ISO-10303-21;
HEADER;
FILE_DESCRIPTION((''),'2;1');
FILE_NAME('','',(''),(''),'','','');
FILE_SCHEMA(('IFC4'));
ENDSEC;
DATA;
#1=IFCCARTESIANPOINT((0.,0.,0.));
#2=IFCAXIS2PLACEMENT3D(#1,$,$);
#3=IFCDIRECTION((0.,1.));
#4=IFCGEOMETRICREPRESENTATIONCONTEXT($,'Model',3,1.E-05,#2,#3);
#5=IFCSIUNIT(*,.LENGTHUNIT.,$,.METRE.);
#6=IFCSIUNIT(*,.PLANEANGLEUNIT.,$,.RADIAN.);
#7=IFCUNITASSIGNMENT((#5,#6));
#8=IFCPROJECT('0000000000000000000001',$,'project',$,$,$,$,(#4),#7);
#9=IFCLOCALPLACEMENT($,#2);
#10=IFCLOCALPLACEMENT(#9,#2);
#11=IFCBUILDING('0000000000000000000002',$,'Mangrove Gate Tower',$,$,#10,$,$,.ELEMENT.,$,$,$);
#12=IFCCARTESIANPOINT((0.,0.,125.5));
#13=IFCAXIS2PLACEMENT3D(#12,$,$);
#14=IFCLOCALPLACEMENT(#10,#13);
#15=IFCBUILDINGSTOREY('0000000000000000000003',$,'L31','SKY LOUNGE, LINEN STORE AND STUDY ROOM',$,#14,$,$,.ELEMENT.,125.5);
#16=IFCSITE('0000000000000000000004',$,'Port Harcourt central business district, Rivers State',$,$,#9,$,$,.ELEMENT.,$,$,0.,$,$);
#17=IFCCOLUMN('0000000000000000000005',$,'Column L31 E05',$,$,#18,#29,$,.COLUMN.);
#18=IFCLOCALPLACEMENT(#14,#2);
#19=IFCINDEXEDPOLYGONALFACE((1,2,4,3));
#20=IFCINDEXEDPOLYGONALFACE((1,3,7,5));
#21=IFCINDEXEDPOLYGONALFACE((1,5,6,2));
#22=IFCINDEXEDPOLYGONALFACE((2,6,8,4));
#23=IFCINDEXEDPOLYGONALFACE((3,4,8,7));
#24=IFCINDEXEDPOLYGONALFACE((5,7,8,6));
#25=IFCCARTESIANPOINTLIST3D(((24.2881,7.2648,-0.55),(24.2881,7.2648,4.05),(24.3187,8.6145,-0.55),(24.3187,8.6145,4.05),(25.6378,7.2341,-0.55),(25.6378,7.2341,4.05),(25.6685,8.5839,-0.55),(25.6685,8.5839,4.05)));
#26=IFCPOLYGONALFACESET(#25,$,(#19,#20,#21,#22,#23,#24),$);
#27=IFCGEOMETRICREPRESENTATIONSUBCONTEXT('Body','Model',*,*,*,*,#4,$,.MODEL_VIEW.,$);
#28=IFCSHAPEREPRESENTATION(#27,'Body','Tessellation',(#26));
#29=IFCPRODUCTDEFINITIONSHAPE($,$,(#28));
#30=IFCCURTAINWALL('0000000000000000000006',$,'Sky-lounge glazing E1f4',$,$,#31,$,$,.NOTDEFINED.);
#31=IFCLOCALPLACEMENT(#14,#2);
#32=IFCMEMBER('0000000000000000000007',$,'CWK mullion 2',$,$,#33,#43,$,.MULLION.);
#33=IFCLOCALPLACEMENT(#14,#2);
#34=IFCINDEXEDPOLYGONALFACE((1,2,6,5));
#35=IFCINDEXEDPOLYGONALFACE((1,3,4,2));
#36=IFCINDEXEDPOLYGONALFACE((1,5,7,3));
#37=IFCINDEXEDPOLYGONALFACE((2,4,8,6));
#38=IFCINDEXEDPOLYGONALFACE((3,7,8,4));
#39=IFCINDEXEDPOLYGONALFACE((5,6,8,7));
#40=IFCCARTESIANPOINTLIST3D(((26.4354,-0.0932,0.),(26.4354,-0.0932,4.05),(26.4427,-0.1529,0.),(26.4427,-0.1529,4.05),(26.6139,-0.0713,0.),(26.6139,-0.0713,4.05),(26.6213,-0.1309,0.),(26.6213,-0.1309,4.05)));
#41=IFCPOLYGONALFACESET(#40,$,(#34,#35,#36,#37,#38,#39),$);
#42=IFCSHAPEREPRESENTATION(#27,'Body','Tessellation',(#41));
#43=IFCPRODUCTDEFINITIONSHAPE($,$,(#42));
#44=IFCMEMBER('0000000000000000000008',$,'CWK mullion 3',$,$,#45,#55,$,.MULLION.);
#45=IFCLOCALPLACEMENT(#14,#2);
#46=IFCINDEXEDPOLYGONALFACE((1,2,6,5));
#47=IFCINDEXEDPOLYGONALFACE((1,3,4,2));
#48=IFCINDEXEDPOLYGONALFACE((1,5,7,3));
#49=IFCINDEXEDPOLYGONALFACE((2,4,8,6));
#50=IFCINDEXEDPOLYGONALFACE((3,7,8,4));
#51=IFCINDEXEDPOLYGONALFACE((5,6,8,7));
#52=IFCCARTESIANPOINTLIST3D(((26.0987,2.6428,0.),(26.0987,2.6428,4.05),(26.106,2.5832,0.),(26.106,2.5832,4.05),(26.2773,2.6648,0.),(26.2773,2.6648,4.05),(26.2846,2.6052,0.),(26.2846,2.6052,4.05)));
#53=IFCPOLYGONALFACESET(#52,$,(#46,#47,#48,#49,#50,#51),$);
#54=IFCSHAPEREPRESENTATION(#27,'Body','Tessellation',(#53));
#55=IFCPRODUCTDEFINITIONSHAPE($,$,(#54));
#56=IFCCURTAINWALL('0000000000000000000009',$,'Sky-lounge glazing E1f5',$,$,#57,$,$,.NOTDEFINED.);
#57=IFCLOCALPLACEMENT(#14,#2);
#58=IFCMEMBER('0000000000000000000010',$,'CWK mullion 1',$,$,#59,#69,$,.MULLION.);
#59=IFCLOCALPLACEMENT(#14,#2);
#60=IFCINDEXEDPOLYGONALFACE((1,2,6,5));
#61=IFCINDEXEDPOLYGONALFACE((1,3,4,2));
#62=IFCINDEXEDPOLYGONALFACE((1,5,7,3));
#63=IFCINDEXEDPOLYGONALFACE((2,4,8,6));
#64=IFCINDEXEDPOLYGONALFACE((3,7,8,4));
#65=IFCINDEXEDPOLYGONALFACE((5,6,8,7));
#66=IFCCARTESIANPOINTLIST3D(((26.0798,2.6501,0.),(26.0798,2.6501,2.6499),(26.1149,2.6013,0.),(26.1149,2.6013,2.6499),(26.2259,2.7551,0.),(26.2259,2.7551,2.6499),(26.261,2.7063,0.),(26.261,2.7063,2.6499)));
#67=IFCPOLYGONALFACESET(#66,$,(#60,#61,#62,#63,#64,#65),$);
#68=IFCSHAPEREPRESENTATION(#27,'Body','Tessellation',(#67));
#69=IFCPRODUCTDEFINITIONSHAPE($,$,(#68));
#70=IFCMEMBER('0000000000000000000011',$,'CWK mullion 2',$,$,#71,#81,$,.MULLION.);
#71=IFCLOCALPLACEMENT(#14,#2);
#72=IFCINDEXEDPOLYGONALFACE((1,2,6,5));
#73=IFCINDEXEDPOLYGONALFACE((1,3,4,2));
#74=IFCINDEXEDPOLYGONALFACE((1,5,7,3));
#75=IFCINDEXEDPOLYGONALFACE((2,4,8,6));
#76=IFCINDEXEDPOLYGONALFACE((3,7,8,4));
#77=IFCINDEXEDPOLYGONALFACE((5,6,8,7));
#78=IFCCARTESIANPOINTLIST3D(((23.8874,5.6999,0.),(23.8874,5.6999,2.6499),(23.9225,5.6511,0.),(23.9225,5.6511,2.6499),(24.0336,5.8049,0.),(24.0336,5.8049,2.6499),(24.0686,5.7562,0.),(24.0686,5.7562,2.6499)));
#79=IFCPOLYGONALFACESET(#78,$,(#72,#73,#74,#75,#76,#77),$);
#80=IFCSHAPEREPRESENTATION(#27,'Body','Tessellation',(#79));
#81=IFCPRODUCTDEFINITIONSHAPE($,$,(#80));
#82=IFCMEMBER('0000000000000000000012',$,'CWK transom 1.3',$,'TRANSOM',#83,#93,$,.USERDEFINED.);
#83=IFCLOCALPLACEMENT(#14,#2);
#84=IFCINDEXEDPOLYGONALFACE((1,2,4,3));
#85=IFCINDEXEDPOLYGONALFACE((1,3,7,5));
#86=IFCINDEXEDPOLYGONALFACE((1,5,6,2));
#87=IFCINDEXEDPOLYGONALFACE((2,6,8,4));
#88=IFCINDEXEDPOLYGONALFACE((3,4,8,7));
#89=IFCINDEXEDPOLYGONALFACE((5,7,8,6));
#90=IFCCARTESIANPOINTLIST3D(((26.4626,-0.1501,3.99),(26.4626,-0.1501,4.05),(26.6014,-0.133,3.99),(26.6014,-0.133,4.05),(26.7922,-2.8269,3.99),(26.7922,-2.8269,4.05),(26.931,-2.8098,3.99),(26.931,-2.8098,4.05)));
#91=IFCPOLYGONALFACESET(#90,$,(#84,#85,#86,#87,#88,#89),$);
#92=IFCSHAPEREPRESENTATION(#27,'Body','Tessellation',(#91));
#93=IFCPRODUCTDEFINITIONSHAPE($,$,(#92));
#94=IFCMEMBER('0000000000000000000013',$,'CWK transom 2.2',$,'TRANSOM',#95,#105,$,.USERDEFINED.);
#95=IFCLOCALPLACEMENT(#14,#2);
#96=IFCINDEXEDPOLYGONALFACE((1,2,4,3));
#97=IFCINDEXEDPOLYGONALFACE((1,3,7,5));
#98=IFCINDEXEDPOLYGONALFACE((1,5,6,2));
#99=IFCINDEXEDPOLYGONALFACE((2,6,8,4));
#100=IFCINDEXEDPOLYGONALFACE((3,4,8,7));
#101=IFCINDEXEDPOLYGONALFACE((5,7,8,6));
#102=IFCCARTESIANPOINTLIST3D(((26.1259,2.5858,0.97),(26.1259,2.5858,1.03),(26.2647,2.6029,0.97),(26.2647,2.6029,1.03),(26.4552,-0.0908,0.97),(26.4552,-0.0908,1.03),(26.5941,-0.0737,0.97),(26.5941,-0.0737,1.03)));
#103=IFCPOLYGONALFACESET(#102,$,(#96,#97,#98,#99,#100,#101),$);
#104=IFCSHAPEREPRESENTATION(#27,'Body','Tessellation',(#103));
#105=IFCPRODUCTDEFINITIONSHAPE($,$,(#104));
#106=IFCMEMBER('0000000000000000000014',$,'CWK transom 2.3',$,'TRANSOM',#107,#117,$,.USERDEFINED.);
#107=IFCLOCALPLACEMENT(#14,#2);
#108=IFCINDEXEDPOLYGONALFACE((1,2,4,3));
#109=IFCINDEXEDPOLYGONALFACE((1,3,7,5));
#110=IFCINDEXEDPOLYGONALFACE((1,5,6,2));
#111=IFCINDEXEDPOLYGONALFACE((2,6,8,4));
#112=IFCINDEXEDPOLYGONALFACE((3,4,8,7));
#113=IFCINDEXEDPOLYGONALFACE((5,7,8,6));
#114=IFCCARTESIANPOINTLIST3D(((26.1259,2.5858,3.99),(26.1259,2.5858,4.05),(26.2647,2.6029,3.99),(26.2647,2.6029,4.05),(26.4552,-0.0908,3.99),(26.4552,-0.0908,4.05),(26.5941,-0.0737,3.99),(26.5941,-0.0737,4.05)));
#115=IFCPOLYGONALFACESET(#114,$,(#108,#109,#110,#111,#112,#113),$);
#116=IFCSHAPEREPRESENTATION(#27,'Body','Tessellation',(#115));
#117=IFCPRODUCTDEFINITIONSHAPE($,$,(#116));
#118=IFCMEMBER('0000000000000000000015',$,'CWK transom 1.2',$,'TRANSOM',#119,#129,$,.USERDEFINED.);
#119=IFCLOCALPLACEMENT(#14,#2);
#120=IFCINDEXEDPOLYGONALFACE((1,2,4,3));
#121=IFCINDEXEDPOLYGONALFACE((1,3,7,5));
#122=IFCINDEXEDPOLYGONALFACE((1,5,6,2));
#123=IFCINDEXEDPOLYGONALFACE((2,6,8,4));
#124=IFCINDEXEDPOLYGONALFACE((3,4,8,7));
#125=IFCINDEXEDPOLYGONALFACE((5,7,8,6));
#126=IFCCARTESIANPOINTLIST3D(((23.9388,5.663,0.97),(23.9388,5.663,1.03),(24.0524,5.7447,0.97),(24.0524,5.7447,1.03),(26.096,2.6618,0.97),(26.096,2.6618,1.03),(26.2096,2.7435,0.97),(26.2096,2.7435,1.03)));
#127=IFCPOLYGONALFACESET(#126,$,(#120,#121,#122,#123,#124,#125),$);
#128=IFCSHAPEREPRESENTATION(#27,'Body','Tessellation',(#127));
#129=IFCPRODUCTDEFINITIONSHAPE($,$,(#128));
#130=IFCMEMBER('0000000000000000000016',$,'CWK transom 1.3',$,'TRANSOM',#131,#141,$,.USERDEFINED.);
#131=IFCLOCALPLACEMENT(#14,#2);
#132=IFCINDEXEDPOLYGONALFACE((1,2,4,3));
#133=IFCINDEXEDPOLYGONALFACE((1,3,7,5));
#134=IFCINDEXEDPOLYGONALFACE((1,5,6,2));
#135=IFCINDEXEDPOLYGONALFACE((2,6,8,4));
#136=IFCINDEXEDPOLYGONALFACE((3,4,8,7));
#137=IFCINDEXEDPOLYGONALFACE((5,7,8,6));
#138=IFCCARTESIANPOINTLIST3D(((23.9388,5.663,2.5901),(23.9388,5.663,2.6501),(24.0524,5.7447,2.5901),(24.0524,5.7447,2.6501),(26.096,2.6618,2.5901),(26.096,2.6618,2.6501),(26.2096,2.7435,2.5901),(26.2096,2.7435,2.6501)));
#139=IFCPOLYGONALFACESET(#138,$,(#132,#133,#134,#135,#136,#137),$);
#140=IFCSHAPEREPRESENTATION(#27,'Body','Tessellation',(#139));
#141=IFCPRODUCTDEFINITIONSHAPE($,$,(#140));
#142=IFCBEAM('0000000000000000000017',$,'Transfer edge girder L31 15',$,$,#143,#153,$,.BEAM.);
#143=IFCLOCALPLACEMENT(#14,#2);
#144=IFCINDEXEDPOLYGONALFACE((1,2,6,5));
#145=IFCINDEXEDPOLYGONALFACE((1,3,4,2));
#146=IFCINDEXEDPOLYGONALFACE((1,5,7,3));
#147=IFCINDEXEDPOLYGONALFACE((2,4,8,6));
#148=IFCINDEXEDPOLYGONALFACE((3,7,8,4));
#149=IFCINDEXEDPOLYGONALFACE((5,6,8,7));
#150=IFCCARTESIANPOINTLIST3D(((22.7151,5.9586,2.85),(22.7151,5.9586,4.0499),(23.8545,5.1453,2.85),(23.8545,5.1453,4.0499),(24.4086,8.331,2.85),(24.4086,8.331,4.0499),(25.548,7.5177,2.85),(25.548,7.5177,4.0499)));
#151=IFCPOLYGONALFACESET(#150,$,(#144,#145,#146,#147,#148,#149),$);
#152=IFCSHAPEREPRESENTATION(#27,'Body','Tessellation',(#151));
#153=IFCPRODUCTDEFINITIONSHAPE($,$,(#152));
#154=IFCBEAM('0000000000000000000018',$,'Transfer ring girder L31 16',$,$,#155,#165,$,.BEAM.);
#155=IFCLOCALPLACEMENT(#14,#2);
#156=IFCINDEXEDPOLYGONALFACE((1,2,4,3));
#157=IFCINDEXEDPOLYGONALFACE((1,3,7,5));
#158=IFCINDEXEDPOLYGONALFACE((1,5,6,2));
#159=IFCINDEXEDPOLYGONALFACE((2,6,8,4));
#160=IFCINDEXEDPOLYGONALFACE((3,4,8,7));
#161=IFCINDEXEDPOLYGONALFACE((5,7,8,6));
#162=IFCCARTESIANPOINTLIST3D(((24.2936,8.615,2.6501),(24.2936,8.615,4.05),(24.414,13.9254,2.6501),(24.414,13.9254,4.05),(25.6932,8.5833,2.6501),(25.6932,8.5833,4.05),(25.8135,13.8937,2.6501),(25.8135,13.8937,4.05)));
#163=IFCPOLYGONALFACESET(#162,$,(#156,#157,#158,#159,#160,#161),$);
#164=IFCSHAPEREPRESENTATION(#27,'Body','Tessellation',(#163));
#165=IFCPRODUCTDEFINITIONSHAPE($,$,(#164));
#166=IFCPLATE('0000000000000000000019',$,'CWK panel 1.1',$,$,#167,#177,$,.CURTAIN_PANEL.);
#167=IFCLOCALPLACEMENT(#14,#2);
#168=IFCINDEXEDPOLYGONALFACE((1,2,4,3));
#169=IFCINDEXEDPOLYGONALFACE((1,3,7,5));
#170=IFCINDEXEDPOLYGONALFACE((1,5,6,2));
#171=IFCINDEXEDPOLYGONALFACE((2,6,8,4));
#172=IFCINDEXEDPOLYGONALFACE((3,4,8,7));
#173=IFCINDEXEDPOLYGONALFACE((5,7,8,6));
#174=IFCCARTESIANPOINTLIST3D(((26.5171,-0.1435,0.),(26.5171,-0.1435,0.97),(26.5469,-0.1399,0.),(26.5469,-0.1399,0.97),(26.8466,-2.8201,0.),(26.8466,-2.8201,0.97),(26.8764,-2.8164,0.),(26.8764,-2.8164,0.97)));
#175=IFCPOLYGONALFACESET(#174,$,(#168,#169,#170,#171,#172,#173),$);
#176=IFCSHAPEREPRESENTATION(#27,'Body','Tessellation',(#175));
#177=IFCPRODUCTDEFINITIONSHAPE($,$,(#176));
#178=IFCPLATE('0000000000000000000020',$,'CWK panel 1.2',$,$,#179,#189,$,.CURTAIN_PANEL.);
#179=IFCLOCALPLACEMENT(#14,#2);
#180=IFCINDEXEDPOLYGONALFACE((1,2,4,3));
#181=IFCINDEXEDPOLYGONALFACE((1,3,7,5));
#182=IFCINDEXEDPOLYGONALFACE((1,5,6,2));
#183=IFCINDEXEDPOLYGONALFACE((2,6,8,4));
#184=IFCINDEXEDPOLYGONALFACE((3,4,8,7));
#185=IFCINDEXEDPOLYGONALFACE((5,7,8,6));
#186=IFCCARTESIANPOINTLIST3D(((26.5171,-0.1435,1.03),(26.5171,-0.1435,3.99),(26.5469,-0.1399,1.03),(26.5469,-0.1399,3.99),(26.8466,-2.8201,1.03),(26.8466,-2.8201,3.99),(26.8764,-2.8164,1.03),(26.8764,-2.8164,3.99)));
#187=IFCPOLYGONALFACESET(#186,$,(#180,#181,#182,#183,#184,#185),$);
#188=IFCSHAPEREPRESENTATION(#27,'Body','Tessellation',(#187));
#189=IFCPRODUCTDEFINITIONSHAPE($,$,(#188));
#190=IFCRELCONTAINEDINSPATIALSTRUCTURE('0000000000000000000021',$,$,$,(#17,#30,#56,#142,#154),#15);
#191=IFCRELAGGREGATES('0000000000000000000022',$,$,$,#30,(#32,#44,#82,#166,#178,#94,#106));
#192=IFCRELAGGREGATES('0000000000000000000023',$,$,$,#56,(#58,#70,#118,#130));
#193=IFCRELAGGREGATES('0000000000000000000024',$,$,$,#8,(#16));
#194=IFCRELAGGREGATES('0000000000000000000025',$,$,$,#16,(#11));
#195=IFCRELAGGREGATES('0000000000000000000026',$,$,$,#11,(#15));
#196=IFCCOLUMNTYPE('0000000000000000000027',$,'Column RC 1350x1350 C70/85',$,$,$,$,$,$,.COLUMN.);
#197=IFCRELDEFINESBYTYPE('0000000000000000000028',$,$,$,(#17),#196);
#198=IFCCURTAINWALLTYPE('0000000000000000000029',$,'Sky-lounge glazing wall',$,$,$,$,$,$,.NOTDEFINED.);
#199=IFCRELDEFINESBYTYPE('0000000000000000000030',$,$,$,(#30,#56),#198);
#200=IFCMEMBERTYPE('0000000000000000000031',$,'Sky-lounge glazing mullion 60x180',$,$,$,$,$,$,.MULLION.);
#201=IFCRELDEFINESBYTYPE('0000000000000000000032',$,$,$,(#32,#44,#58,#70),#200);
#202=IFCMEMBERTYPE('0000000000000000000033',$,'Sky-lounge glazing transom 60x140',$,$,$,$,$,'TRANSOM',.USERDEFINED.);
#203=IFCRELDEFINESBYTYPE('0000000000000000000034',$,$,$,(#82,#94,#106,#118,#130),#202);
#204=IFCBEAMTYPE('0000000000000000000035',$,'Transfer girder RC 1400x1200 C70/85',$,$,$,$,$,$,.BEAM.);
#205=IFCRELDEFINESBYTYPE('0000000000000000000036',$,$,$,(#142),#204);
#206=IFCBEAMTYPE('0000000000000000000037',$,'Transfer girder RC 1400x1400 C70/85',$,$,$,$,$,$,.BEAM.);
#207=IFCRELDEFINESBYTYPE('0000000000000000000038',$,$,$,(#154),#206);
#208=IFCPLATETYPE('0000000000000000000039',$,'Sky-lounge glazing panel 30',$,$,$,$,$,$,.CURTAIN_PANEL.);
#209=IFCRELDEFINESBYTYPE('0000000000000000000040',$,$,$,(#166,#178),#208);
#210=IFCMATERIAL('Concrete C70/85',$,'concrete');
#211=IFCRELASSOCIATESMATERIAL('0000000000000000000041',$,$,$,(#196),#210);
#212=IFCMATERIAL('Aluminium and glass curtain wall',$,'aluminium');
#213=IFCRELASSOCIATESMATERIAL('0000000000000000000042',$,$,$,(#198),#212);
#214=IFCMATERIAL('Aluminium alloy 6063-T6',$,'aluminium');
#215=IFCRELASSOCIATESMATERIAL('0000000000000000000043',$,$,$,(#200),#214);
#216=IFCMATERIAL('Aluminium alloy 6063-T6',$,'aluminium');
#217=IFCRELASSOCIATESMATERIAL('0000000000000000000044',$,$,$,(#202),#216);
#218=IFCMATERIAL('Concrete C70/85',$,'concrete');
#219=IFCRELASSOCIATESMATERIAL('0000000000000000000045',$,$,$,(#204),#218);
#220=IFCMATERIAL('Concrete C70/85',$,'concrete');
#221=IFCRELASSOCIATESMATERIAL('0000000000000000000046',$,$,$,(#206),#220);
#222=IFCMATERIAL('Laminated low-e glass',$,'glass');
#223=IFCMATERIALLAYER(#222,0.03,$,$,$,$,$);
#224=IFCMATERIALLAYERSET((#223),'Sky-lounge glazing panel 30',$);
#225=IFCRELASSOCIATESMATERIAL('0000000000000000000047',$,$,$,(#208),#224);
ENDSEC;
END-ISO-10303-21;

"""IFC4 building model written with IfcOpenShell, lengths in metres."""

from ifc_helpers import new_model, si_unit, direction, frame, origin, origin_2d, place, context, subcontext, project, spatial, rectangle, extrude, material, layer, layer_set, material_profile, profile_set, type_object, element, aggregate, save


model = new_model("IFC4")

# Units and contexts
model_context = context("Model", 3, precision=1e-05, world=origin(), true_north=direction((0.0, 1.0)))
body_context = subcontext(model_context, "Body", "Model", "MODEL_VIEW")
ifc_project = project(units=[si_unit("LENGTHUNIT", "METRE"), si_unit("PLANEANGLEUNIT", "RADIAN")], contexts=[model_context])

# Site, building, storey
site_placement = place(None, origin())
site = spatial("IfcSite", under=ifc_project, at=site_placement, Name="Port Harcourt central business district, Rivers State", CompositionType="ELEMENT", RefElevation=0.0)
building_placement = place(site_placement, origin())
building = spatial("IfcBuilding", under=site, at=building_placement, Name="Mangrove Gate Tower", CompositionType="ELEMENT")
storey_placement = place(building_placement, frame((0.0, 0.0, 125.5)))
storey = spatial("IfcBuildingStorey", under=building, at=storey_placement, Name="L31", Description="SKY LOUNGE, LINEN STORE AND STUDY ROOM", CompositionType="ELEMENT", Elevation=125.5)

# Column
ifc_material_1 = material(Name="Concrete C70/85", Category="concrete")
ifc_material_profile_1 = material_profile(ifc_material_1, rectangle(XDim=1.3501, YDim=1.3501, at=origin_2d()))
ifc_profile_set_1 = profile_set([ifc_material_profile_1], Name="Concrete C70/85")
column_type = type_object("IfcColumnType", Name="Column RC 1350x1350 C70/85", PredefinedType="COLUMN", material=ifc_profile_set_1)
column_placement = place(storey_placement, frame((24.9783, 7.9243, -0.55), z_axis=(0.0, 0.0, 1.0), x_axis=(0.022682, 0.999743, 0.0)))
element("IfcColumn", 1, at=column_placement, inside=storey, type_object=column_type, Name="Column L31 E05", PredefinedType="COLUMN", context=body_context, shape_type="SweptSolid", body=[
    extrude(rectangle(XDim=1.3501, YDim=1.3501, at=origin_2d()), origin(), (0.0, 0.0, 1.0), 4.6001),
])

# Curtain walls, members
ifc_material_2 = material(Name="Aluminium and glass curtain wall", Category="aluminium")
curtain_wall_type = type_object("IfcCurtainWallType", Name="Sky-lounge glazing wall", PredefinedType="NOTDEFINED", material=ifc_material_2)
curtain_wall_1_placement = place(storey_placement, origin())
curtain_wall_1 = element("IfcCurtainWall", 2, at=curtain_wall_1_placement, inside=storey, type_object=curtain_wall_type, Name="Sky-lounge glazing E1f4", PredefinedType="NOTDEFINED")
ifc_material_3 = material(Name="Aluminium alloy 6063-T6", Category="aluminium")
ifc_material_profile_2 = material_profile(ifc_material_3, rectangle(XDim=0.0601, YDim=0.1799, at=origin_2d()))
ifc_profile_set_2 = profile_set([ifc_material_profile_2], Name="Aluminium alloy 6063-T6")
member_type_1 = type_object("IfcMemberType", Name="Sky-lounge glazing mullion 60x180", PredefinedType="MULLION", material=ifc_profile_set_2)
member_1_placement = place(storey_placement, frame((26.5283, -0.1121, 0.0), z_axis=(0.0, 0.0, 1.0), x_axis=(-0.122172, 0.992509, 0.0)))
member_1 = element("IfcMember", 3, at=member_1_placement, type_object=member_type_1, Name="CWK mullion 2", PredefinedType="MULLION", context=body_context, shape_type="SweptSolid", body=[
    extrude(rectangle(XDim=0.0601, YDim=0.1799, at=origin_2d()), origin(), (0.0, 0.0, 1.0), 4.05),
])
member_2_placement = place(storey_placement, frame((26.1917, 2.624, 0.0), z_axis=(0.0, 0.0, 1.0), x_axis=(-0.122172, 0.992509, 0.0)))
member_2 = element("IfcMember", 4, at=member_2_placement, type_object=member_type_1, Name="CWK mullion 3", PredefinedType="MULLION", context=body_context, shape_type="SweptSolid", body=[
    extrude(rectangle(XDim=0.0601, YDim=0.1799, at=origin_2d()), origin(), (0.0, 0.0, 1.0), 4.05),
])
curtain_wall_2_placement = place(storey_placement, origin())
curtain_wall_2 = element("IfcCurtainWall", 5, at=curtain_wall_2_placement, inside=storey, type_object=curtain_wall_type, Name="Sky-lounge glazing E1f5", PredefinedType="NOTDEFINED")
member_3_placement = place(storey_placement, frame((26.1704, 2.6782, 0.0), z_axis=(0.0, 0.0, 1.0), x_axis=(-0.58367, 0.811991, 0.0)))
member_3 = element("IfcMember", 6, at=member_3_placement, type_object=member_type_1, Name="CWK mullion 1", PredefinedType="MULLION", context=body_context, shape_type="SweptSolid", body=[
    extrude(rectangle(XDim=0.0601, YDim=0.1799, at=origin_2d()), origin(), (0.0, 0.0, 1.0), 2.6499),
])
member_4_placement = place(storey_placement, frame((23.978, 5.728, 0.0), z_axis=(0.0, 0.0, 1.0), x_axis=(-0.58367, 0.811991, 0.0)))
member_4 = element("IfcMember", 7, at=member_4_placement, type_object=member_type_1, Name="CWK mullion 2", PredefinedType="MULLION", context=body_context, shape_type="SweptSolid", body=[
    extrude(rectangle(XDim=0.0601, YDim=0.1799, at=origin_2d()), origin(), (0.0, 0.0, 1.0), 2.6499),
])

# Members
ifc_material_4 = material(Name="Aluminium alloy 6063-T6", Category="aluminium")
ifc_material_profile_3 = material_profile(ifc_material_4, rectangle(XDim=0.0601, YDim=0.1399, at=origin_2d()))
ifc_profile_set_3 = profile_set([ifc_material_profile_3], Name="Aluminium alloy 6063-T6")
member_type_2 = type_object("IfcMemberType", Name="Sky-lounge glazing transom 60x140", ElementType="TRANSOM", PredefinedType="USERDEFINED", material=ifc_profile_set_3)
member_5_placement = place(storey_placement, frame((26.8616, -2.8184, 4.02), z_axis=(-0.122207, 0.992505, 0.0), x_axis=(0.0, 0.0, 1.0)))
member_5 = element("IfcMember", 8, at=member_5_placement, type_object=member_type_2, Name="CWK transom 1.3", ObjectType="TRANSOM", PredefinedType="USERDEFINED", context=body_context, shape_type="SweptSolid", body=[
    extrude(rectangle(XDim=0.0601, YDim=0.1399, at=origin_2d()), origin(), (0.0, 0.0, 1.0), 2.697),
])
member_6_placement = place(storey_placement, frame((26.5247, -0.0823, 1.0), z_axis=(-0.122129, 0.992514, 0.0), x_axis=(0.0, 0.0, 1.0)))
member_6 = element("IfcMember", 9, at=member_6_placement, type_object=member_type_2, Name="CWK transom 2.2", ObjectType="TRANSOM", PredefinedType="USERDEFINED", context=body_context, shape_type="SweptSolid", body=[
    extrude(rectangle(XDim=0.0601, YDim=0.1399, at=origin_2d()), origin(), (0.0, 0.0, 1.0), 2.6968),
])
member_7_placement = place(storey_placement, frame((26.5247, -0.0823, 4.02), z_axis=(-0.122129, 0.992514, 0.0), x_axis=(0.0, 0.0, 1.0)))
member_7 = element("IfcMember", 10, at=member_7_placement, type_object=member_type_2, Name="CWK transom 2.3", ObjectType="TRANSOM", PredefinedType="USERDEFINED", context=body_context, shape_type="SweptSolid", body=[
    extrude(rectangle(XDim=0.0601, YDim=0.1399, at=origin_2d()), origin(), (0.0, 0.0, 1.0), 2.6968),
])
member_8_placement = place(storey_placement, frame((26.1528, 2.7026, 1.0), z_axis=(-0.583654, 0.812003, 0.0), x_axis=(0.0, 0.0, 1.0)))
member_8 = element("IfcMember", 11, at=member_8_placement, type_object=member_type_2, Name="CWK transom 1.2", ObjectType="TRANSOM", PredefinedType="USERDEFINED", context=body_context, shape_type="SweptSolid", body=[
    extrude(rectangle(XDim=0.0601, YDim=0.1399, at=origin_2d()), origin(), (0.0, 0.0, 1.0), 3.696),
])
member_9_placement = place(storey_placement, frame((26.1528, 2.7026, 2.6201), z_axis=(-0.583654, 0.812003, 0.0), x_axis=(0.0, 0.0, 1.0)))
member_9 = element("IfcMember", 12, at=member_9_placement, type_object=member_type_2, Name="CWK transom 1.3", ObjectType="TRANSOM", PredefinedType="USERDEFINED", context=body_context, shape_type="SweptSolid", body=[
    extrude(rectangle(XDim=0.0601, YDim=0.1399, at=origin_2d()), origin(), (0.0, 0.0, 1.0), 3.696),
])

# Beams
ifc_material_5 = material(Name="Concrete C70/85", Category="concrete")
ifc_material_profile_4 = material_profile(ifc_material_5, rectangle(XDim=1.3999, YDim=1.2, at=origin_2d()))
ifc_profile_set_4 = profile_set([ifc_material_profile_4], Name="Concrete C70/85")
beam_type_1 = type_object("IfcBeamType", Name="Transfer girder RC 1400x1200 C70/85", PredefinedType="BEAM", material=ifc_profile_set_4)
beam_1_placement = place(storey_placement, frame((24.9783, 7.9243, 3.45), z_axis=(-0.580977, -0.81392, 0.0), x_axis=(0.81392, -0.580977, 0.0)))
element("IfcBeam", 13, at=beam_1_placement, inside=storey, type_object=beam_type_1, Name="Transfer edge girder L31 15", PredefinedType="BEAM", context=body_context, shape_type="SweptSolid", body=[
    extrude(rectangle(XDim=1.3999, YDim=1.2, at=origin_2d()), origin(), (0.0, 0.0, 1.0), 2.9148),
])
ifc_material_6 = material(Name="Concrete C70/85", Category="concrete")
ifc_material_profile_5 = material_profile(ifc_material_6, rectangle(XDim=1.3999, YDim=1.3999, at=origin_2d()))
ifc_profile_set_5 = profile_set([ifc_material_profile_5], Name="Concrete C70/85")
beam_type_2 = type_object("IfcBeamType", Name="Transfer girder RC 1400x1400 C70/85", PredefinedType="BEAM", material=ifc_profile_set_5)
beam_2_placement = place(storey_placement, frame((24.9934, 8.5991, 3.3501), z_axis=(0.02266, 0.999743, 0.0), x_axis=(-0.999743, 0.02266, 0.0)))
element("IfcBeam", 14, at=beam_2_placement, inside=storey, type_object=beam_type_2, Name="Transfer ring girder L31 16", PredefinedType="BEAM", context=body_context, shape_type="SweptSolid", body=[
    extrude(rectangle(XDim=1.3999, YDim=1.3999, at=origin_2d()), origin(), (0.0, 0.0, 1.0), 5.3118),
])

# Plates
ifc_material_7 = material(Name="Laminated low-e glass", Category="glass")
ifc_layer_1 = layer(ifc_material_7, 0.03)
ifc_layer_set_1 = layer_set([ifc_layer_1], Name="Sky-lounge glazing panel 30")
plate_type = type_object("IfcPlateType", Name="Sky-lounge glazing panel 30", PredefinedType="CURTAIN_PANEL", material=ifc_layer_set_1)
plate_1_placement = place(storey_placement, frame((26.6968, -1.48, 0.0), z_axis=(0.0, 0.0, 1.0), x_axis=(-0.122172, 0.992509, 0.0)))
plate_1 = element("IfcPlate", 15, at=plate_1_placement, type_object=plate_type, Name="CWK panel 1.1", PredefinedType="CURTAIN_PANEL", context=body_context, shape_type="SweptSolid", body=[
    extrude(rectangle(XDim=2.6968, YDim=0.03, at=origin_2d()), origin(), (0.0, 0.0, 1.0), 0.97),
])
plate_2_placement = place(storey_placement, frame((26.6968, -1.48, 1.03), z_axis=(0.0, 0.0, 1.0), x_axis=(-0.122172, 0.992509, 0.0)))
plate_2 = element("IfcPlate", 16, at=plate_2_placement, type_object=plate_type, Name="CWK panel 1.2", PredefinedType="CURTAIN_PANEL", context=body_context, shape_type="SweptSolid", body=[
    extrude(rectangle(XDim=2.6968, YDim=0.03, at=origin_2d()), origin(), (0.0, 0.0, 1.0), 2.96),
])
aggregate(curtain_wall_1, [member_1, member_2, member_5, plate_1, plate_2, member_6, member_7])
aggregate(curtain_wall_2, [member_3, member_4, member_8, member_9])

save(model, "model.ifc")
